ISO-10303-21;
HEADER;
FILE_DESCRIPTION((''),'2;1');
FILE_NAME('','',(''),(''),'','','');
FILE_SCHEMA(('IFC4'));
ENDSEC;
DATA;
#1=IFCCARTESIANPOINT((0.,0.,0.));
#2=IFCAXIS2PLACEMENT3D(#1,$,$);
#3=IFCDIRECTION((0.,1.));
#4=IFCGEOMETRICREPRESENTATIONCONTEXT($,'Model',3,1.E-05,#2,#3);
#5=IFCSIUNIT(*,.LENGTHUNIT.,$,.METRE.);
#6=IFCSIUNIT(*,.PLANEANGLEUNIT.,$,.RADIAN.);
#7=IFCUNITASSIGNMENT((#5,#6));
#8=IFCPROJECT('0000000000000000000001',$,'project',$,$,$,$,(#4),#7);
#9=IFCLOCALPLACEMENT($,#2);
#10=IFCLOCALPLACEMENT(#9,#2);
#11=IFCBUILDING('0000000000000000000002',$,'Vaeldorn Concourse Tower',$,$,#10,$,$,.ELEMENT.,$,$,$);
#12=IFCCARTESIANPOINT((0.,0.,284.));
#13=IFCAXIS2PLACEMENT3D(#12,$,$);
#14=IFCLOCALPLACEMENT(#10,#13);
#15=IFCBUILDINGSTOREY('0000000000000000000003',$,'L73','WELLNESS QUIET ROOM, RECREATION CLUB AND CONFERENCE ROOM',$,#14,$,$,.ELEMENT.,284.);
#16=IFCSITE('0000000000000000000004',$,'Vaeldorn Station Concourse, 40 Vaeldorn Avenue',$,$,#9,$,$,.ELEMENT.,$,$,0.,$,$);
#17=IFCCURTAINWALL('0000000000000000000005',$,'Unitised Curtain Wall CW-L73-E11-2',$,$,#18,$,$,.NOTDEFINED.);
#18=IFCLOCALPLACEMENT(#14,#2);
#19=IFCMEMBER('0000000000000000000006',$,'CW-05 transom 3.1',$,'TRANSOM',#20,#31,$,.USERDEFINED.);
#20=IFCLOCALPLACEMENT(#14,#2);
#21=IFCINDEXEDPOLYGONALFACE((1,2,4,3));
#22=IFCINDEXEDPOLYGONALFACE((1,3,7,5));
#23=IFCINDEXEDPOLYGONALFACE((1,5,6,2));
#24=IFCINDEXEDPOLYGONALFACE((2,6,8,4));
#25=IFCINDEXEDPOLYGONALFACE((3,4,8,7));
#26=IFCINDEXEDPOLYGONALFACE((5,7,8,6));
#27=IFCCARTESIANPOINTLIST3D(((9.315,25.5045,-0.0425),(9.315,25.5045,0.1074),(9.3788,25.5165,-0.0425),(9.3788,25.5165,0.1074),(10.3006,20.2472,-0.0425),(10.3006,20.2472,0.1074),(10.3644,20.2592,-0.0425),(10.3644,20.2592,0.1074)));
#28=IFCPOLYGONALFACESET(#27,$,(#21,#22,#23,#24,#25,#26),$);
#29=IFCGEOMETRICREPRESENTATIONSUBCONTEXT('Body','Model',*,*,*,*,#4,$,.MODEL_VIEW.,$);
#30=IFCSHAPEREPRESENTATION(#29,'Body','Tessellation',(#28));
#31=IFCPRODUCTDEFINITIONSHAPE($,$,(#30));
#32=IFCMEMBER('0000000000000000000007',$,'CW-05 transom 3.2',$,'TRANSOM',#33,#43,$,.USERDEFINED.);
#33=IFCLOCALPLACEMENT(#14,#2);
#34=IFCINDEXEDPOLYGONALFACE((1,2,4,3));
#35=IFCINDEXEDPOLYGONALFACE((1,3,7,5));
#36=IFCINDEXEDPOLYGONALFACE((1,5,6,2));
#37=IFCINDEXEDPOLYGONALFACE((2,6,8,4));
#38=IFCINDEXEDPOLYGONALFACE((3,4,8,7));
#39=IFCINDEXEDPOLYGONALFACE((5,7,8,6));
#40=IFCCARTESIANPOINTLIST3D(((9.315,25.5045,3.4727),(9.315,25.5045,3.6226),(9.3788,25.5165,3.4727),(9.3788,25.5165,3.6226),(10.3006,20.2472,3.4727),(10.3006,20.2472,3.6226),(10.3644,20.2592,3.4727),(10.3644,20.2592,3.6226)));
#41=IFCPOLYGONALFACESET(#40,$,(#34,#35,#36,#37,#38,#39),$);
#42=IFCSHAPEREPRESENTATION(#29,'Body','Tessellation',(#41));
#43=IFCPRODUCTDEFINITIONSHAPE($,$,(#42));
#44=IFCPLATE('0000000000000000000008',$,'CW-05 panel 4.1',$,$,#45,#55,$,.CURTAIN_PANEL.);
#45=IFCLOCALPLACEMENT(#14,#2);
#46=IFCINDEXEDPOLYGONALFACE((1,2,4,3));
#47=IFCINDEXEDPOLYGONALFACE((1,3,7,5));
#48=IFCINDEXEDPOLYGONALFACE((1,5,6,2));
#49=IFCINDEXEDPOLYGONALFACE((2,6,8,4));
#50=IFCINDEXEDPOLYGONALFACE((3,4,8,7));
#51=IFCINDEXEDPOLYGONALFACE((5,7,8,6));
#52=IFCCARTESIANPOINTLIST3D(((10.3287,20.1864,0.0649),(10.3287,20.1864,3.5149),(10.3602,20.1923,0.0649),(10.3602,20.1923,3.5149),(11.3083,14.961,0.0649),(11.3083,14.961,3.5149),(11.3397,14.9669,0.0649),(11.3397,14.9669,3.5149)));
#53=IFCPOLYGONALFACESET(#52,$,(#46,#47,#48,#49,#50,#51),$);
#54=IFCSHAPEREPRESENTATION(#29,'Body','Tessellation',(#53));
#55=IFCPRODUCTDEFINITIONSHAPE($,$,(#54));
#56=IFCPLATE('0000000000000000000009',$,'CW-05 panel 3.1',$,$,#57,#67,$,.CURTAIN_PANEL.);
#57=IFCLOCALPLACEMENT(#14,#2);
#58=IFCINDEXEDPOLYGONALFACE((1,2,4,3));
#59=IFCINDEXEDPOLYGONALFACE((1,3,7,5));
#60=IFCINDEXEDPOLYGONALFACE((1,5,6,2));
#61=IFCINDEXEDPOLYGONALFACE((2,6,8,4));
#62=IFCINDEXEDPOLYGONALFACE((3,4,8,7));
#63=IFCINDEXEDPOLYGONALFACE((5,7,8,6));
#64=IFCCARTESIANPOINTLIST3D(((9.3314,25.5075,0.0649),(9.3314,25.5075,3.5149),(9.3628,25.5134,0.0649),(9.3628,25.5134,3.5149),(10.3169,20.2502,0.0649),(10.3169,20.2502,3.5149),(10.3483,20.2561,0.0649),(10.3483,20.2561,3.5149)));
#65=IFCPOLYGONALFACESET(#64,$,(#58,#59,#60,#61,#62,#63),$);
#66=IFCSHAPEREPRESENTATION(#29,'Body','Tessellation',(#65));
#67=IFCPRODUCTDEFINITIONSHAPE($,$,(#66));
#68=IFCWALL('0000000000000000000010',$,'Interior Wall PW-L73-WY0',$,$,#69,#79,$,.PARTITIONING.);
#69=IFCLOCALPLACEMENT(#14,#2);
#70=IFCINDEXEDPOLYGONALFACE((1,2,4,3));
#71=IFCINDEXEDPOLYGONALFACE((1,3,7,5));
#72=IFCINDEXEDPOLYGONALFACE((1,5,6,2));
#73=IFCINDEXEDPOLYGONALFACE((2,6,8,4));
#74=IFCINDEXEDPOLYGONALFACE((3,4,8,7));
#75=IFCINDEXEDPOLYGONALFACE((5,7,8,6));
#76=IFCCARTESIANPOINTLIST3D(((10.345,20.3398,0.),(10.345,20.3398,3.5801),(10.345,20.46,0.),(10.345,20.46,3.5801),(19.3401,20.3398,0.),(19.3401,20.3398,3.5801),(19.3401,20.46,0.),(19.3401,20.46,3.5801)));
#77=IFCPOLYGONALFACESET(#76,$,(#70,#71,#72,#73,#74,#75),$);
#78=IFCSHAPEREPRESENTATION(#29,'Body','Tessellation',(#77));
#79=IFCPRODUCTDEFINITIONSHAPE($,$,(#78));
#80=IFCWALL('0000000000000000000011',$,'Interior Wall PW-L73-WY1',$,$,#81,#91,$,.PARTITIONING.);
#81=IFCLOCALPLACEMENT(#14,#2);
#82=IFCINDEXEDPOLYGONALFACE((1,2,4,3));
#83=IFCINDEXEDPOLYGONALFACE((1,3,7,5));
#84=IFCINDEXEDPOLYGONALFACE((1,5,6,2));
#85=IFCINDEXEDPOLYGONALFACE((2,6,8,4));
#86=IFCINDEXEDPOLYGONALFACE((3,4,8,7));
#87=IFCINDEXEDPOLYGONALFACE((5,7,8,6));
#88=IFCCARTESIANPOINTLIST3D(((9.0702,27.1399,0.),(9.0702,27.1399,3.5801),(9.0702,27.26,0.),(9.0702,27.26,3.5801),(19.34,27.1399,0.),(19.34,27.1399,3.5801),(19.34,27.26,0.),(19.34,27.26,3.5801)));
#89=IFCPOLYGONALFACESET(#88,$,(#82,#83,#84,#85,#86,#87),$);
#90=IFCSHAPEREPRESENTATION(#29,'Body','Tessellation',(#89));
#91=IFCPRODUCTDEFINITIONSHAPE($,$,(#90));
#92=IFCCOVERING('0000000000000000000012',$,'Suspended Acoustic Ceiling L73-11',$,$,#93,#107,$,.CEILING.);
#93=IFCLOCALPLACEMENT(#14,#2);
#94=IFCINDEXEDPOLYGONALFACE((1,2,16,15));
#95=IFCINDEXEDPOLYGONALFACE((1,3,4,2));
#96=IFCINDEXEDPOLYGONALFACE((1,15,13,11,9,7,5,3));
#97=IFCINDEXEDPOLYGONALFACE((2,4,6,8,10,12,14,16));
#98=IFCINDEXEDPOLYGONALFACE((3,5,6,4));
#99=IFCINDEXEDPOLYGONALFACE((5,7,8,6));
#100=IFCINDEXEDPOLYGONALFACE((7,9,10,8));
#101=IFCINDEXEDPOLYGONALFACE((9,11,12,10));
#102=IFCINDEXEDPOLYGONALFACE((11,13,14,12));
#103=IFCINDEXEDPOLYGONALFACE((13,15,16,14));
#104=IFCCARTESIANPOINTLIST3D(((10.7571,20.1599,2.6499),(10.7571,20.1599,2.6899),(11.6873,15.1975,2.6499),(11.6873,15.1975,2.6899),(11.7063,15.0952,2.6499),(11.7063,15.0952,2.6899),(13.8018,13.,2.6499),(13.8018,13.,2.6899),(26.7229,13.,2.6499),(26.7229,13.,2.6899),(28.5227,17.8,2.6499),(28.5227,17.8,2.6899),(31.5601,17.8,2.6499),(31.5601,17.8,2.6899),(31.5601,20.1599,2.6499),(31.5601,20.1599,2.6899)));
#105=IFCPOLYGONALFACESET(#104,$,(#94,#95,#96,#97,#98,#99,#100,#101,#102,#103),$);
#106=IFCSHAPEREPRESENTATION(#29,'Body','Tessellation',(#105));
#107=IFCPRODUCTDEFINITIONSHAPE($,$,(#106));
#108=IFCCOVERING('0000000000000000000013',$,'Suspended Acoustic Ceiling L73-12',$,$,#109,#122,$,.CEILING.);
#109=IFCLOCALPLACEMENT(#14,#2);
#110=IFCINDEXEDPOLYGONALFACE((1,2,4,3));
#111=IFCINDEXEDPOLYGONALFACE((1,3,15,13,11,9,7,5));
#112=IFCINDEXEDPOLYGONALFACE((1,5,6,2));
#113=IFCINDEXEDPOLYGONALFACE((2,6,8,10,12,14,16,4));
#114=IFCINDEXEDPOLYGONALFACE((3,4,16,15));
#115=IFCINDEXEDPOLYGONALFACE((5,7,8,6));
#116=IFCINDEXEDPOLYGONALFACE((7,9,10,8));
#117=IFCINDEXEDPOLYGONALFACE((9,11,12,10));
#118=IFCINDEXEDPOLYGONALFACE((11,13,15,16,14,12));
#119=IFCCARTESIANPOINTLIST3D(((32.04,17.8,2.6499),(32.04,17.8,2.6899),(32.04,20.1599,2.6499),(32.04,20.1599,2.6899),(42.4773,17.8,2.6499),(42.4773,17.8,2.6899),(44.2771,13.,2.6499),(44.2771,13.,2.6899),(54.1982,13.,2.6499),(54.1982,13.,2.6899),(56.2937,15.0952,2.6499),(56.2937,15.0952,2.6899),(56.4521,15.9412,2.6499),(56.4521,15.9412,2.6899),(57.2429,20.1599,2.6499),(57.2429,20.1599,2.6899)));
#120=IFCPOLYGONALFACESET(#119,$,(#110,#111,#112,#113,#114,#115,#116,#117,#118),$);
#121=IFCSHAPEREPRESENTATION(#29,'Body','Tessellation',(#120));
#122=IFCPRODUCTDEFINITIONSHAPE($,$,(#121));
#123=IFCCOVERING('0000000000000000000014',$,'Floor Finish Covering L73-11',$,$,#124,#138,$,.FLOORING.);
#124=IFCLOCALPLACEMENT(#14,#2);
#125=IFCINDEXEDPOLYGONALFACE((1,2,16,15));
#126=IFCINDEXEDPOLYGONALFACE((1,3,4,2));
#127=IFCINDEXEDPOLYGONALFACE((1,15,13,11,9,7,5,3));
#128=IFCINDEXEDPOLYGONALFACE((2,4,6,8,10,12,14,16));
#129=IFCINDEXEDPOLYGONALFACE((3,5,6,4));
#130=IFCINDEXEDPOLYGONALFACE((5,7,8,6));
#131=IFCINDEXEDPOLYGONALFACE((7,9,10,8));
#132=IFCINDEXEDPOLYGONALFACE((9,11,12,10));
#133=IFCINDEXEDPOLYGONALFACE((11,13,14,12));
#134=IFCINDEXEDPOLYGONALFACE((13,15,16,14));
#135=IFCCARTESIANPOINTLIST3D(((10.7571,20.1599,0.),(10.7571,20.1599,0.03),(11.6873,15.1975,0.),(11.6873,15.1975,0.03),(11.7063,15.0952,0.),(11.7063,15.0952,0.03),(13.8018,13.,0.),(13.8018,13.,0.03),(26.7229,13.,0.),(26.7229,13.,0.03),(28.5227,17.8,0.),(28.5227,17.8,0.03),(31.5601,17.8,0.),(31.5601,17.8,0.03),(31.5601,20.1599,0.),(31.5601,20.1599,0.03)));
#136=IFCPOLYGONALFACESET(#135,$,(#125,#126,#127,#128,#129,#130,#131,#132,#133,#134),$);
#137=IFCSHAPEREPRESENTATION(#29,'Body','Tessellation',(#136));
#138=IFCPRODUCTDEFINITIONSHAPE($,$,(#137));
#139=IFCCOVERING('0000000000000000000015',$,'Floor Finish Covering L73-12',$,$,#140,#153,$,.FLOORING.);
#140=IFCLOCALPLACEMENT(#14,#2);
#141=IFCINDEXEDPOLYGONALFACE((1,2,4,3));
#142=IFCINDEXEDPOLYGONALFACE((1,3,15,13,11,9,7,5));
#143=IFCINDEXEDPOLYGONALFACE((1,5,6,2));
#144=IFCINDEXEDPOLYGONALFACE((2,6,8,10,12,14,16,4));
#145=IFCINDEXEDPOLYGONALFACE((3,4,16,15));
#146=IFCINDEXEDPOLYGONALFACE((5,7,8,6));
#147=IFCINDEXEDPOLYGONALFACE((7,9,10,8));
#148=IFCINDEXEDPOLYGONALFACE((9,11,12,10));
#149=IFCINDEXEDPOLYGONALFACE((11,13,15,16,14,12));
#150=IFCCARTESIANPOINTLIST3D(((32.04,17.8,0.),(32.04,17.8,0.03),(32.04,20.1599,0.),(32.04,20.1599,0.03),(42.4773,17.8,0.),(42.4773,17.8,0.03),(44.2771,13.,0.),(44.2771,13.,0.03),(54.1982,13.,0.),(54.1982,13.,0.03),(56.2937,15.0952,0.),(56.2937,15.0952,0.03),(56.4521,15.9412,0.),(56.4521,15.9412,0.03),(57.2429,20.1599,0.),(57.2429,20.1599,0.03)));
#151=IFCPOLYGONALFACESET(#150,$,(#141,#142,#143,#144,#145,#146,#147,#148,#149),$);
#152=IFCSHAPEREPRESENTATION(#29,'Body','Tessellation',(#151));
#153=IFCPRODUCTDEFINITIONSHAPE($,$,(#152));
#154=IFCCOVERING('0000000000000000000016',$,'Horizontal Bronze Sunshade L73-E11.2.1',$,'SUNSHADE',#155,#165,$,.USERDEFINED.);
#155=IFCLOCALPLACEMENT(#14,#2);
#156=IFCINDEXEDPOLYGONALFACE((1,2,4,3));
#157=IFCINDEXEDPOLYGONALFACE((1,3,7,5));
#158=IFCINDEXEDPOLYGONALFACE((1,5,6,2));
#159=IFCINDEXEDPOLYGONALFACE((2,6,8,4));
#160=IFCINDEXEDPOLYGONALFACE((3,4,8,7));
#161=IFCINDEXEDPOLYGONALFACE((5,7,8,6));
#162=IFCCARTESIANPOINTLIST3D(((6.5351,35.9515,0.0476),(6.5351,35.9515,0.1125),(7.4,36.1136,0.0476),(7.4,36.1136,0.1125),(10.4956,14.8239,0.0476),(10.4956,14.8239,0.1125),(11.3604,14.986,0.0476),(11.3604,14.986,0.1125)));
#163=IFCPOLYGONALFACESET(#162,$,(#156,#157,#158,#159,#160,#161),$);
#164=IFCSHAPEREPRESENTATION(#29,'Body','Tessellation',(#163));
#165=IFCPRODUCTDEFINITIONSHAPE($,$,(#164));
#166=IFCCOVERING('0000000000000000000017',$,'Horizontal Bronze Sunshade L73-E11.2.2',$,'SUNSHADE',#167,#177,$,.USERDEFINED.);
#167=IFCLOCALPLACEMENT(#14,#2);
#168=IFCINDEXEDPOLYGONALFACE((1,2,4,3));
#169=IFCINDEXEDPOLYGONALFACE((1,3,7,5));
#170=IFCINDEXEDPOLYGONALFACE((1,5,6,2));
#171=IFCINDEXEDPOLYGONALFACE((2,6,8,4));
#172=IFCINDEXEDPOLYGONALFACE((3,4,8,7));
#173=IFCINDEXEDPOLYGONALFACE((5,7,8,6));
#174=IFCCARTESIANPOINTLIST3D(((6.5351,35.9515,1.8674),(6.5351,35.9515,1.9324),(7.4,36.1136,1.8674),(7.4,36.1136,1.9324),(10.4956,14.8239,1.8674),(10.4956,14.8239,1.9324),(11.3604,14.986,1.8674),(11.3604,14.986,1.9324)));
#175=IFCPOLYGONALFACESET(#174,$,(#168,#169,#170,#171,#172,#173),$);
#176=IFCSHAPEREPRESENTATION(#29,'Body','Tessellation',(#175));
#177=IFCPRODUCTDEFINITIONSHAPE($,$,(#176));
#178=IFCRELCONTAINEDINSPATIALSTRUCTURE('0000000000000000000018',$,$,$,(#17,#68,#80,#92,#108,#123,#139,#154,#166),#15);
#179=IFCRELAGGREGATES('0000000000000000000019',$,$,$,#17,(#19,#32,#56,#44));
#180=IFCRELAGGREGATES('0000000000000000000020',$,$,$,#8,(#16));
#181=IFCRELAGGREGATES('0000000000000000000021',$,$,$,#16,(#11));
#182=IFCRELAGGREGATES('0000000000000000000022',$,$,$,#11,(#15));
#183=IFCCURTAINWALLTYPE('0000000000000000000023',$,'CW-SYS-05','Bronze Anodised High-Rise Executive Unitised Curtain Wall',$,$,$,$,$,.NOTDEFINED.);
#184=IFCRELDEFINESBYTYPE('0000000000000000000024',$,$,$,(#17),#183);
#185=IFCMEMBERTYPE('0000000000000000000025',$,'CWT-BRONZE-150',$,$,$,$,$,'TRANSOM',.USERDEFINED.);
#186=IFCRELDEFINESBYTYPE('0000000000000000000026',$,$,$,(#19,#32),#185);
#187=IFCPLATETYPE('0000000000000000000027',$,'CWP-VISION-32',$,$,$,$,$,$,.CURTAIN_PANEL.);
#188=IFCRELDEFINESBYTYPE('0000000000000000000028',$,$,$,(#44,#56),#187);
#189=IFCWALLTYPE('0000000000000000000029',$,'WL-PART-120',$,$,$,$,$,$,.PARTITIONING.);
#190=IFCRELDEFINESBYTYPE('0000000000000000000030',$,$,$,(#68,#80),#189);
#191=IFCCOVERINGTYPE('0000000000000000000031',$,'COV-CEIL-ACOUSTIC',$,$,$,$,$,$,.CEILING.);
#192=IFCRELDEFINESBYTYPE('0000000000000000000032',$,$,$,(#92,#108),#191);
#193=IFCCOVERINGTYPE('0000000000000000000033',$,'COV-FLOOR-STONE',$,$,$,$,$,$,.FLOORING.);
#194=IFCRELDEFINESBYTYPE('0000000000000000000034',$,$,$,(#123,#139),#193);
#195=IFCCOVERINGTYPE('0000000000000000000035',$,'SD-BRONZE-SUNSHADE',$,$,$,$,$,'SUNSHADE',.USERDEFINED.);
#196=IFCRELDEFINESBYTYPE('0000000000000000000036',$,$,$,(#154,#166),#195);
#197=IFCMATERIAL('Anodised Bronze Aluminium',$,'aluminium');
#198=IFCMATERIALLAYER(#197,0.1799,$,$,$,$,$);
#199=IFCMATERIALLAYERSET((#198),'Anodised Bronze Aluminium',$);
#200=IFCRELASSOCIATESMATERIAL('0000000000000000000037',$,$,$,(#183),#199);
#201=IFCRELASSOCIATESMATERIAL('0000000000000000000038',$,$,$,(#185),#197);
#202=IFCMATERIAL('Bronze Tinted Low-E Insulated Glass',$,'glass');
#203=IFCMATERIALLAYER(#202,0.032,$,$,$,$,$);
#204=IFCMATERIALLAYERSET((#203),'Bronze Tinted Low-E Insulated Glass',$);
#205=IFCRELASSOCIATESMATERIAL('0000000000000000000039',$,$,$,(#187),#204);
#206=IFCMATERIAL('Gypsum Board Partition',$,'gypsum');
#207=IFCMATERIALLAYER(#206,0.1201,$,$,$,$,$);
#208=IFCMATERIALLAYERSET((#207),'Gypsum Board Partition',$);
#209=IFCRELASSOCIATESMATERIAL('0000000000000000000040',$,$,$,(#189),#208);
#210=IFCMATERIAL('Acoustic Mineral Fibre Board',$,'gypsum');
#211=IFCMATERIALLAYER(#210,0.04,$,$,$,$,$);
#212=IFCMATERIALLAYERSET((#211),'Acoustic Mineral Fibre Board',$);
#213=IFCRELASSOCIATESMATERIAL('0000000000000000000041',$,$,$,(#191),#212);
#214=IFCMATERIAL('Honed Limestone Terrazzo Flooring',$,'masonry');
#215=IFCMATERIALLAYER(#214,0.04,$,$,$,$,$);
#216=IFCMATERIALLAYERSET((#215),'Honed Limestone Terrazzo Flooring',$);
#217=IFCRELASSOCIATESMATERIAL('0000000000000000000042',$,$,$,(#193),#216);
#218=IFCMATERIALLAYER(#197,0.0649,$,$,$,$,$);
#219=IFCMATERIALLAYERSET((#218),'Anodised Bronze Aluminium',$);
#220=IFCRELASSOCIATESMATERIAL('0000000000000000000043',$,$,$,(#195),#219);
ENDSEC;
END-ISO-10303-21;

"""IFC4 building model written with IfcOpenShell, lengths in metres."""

from ifc_helpers import new_model, si_unit, direction, frame, frame_2d, origin, origin_2d, place, context, subcontext, project, spatial, polyline, rectangle, outline, extrude, source, transform, mapped, material, layer, layer_set, material_profile, profile_set, type_object, element, aggregate, save


model = new_model("IFC4")

# Units and contexts
model_context = context("Model", 3, precision=1e-05, world=origin(), true_north=direction((0.0, 1.0)))
body_context = subcontext(model_context, "Body", "Model", "MODEL_VIEW")
ifc_project = project(units=[si_unit("LENGTHUNIT", "METRE"), si_unit("PLANEANGLEUNIT", "RADIAN")], contexts=[model_context])

# Site, building, storey
site_placement = place(None, origin())
site = spatial("IfcSite", under=ifc_project, at=site_placement, Name="Vaeldorn Station Concourse, 40 Vaeldorn Avenue", CompositionType="ELEMENT", RefElevation=0.0)
building_placement = place(site_placement, origin())
building = spatial("IfcBuilding", under=site, at=building_placement, Name="Vaeldorn Concourse Tower", CompositionType="ELEMENT")
storey_placement = place(building_placement, frame((0.0, 0.0, 284.0)))
storey = spatial("IfcBuildingStorey", under=building, at=storey_placement, Name="L73", Description="WELLNESS QUIET ROOM, RECREATION CLUB AND CONFERENCE ROOM", CompositionType="ELEMENT", Elevation=284.0)

# Curtain wall
ifc_material_1 = material(Name="Anodised Bronze Aluminium", Category="aluminium")
ifc_layer_1 = layer(ifc_material_1, 0.1799)
ifc_layer_set_1 = layer_set([ifc_layer_1], Name="Anodised Bronze Aluminium")
curtain_wall_type = type_object("IfcCurtainWallType", Name="CW-SYS-05", Description="Bronze Anodised High-Rise Executive Unitised Curtain Wall", PredefinedType="NOTDEFINED", material=ifc_layer_set_1)
curtain_wall_1_placement = place(storey_placement, origin())
curtain_wall_1 = element("IfcCurtainWall", 1, at=curtain_wall_1_placement, inside=storey, type_object=curtain_wall_type, Name="Unitised Curtain Wall CW-L73-E11-2", PredefinedType="NOTDEFINED")

# Members
ifc_material_profile_1 = material_profile(ifc_material_1, rectangle(XDim=0.0649, YDim=0.1499, at=origin_2d()), Name="CWT 65x150")
ifc_profile_set_1 = profile_set([ifc_material_profile_1], Name="Anodised Bronze Aluminium")
member_type_1 = type_object("IfcMemberType", Name="CWT-BRONZE-150", ElementType="TRANSOM", PredefinedType="USERDEFINED", material=ifc_profile_set_1)
shared_shape_1 = source(origin(), body_context, "Body", "SweptSolid", [
    extrude(rectangle(XDim=0.0649, YDim=0.1499, at=origin_2d()), origin(), (0.0, 0.0, 1.0), 5.3489),
])
member_1_placement = place(storey_placement, frame((9.3469, 25.5105, 0.0325), z_axis=(0.184261, -0.982877, 0.0), x_axis=(0.982877, 0.184261, 0.0)))
member_1 = element("IfcMember", 2, at=member_1_placement, type_object=member_type_1, Name="CW-05 transom 3.1", ObjectType="TRANSOM", PredefinedType="USERDEFINED", context=body_context, shape_type="MappedRepresentation", body=[
    mapped(shared_shape_1, transform((0.0, 0.0, 0.0), scale=1.0)),
])
member_2_placement = place(storey_placement, frame((9.3469, 25.5105, 3.5476), z_axis=(0.184261, -0.982877, 0.0), x_axis=(0.982877, 0.184261, 0.0)))
member_2 = element("IfcMember", 3, at=member_2_placement, type_object=member_type_1, Name="CW-05 transom 3.2", ObjectType="TRANSOM", PredefinedType="USERDEFINED", context=body_context, shape_type="MappedRepresentation", body=[
    mapped(shared_shape_1, transform((0.0, 0.0, 0.0), scale=1.0)),
])

# Plates
ifc_material_2 = material(Name="Bronze Tinted Low-E Insulated Glass", Category="glass")
ifc_layer_2 = layer(ifc_material_2, 0.032)
ifc_layer_set_2 = layer_set([ifc_layer_2], Name="Bronze Tinted Low-E Insulated Glass")
plate_type = type_object("IfcPlateType", Name="CWP-VISION-32", PredefinedType="CURTAIN_PANEL", material=ifc_layer_set_2)
shared_shape_2 = source(origin(), body_context, "Body", "SweptSolid", [
    extrude(rectangle(XDim=5.3164, YDim=0.032, at=origin_2d()), origin(), (0.0, 0.0, 1.0), 3.45),
])
plate_1_placement = place(storey_placement, frame((10.8342, 17.5767, 0.0649), z_axis=(0.0, 0.0, 1.0), x_axis=(0.184247, -0.98288, 0.0)))
plate_1 = element("IfcPlate", 4, at=plate_1_placement, type_object=plate_type, Name="CW-05 panel 4.1", PredefinedType="CURTAIN_PANEL", context=body_context, shape_type="MappedRepresentation", body=[
    mapped(shared_shape_2, transform((0.0, 0.0, 0.0), scale=1.0)),
])
shared_shape_3 = source(origin(), body_context, "Body", "SweptSolid", [
    extrude(rectangle(XDim=5.3489, YDim=0.032, at=origin_2d()), origin(), (0.0, 0.0, 1.0), 3.45),
])
plate_2_placement = place(storey_placement, frame((9.8398, 22.8818, 0.0649), z_axis=(0.0, 0.0, 1.0), x_axis=(0.184247, -0.98288, 0.0)))
plate_2 = element("IfcPlate", 5, at=plate_2_placement, type_object=plate_type, Name="CW-05 panel 3.1", PredefinedType="CURTAIN_PANEL", context=body_context, shape_type="MappedRepresentation", body=[
    mapped(shared_shape_3, transform((0.0, 0.0, 0.0), scale=1.0)),
])
aggregate(curtain_wall_1, [member_1, member_2, plate_2, plate_1])

# Walls
ifc_material_3 = material(Name="Gypsum Board Partition", Category="gypsum")
ifc_layer_3 = layer(ifc_material_3, 0.1201)
ifc_layer_set_3 = layer_set([ifc_layer_3], Name="Gypsum Board Partition")
wall_type = type_object("IfcWallType", Name="WL-PART-120", PredefinedType="PARTITIONING", material=ifc_layer_set_3)
wall_1_placement = place(storey_placement, frame((10.345, 20.3999, 0.0), z_axis=(0.0, 0.0, 1.0), x_axis=(1.0, 0.0, 0.0)))
element("IfcWall", 6, at=wall_1_placement, inside=storey, type_object=wall_type, Name="Interior Wall PW-L73-WY0", PredefinedType="PARTITIONING", context=body_context, shape_type="SweptSolid", body=[
    extrude(rectangle(XDim=8.9951, YDim=0.1201, at=frame_2d((4.4976, 0.0))), origin(), (0.0, 0.0, 1.0), 3.5801),
])
wall_2_placement = place(storey_placement, frame((9.0703, 27.2, 0.0), z_axis=(0.0, 0.0, 1.0), x_axis=(1.0, 0.0, 0.0)))
element("IfcWall", 7, at=wall_2_placement, inside=storey, type_object=wall_type, Name="Interior Wall PW-L73-WY1", PredefinedType="PARTITIONING", context=body_context, shape_type="SweptSolid", body=[
    extrude(rectangle(XDim=10.2698, YDim=0.1201, at=frame_2d((5.1348, 0.0))), origin(), (0.0, 0.0, 1.0), 3.5801),
])

# Coverings
ifc_material_4 = material(Name="Acoustic Mineral Fibre Board", Category="gypsum")
ifc_layer_4 = layer(ifc_material_4, 0.04)
ifc_layer_set_4 = layer_set([ifc_layer_4], Name="Acoustic Mineral Fibre Board")
covering_type_1 = type_object("IfcCoveringType", Name="COV-CEIL-ACOUSTIC", PredefinedType="CEILING", material=ifc_layer_set_4)
covering_1_placement = place(storey_placement, frame((0.0, 0.0, 2.6499)))
element("IfcCovering", 8, at=covering_1_placement, inside=storey, type_object=covering_type_1, Name="Suspended Acoustic Ceiling L73-11", PredefinedType="CEILING", context=body_context, shape_type="SweptSolid", body=[
    extrude(outline(polyline([(31.5601, 20.1599), (31.5601, 17.8), (28.5227, 17.8), (26.7229, 13.0), (13.8018, 13.0), (11.7063, 15.0952), (11.6873, 15.1975), (10.7571, 20.1599), (31.5601, 20.1599)])), origin(), (0.0, 0.0, 1.0), 0.04),
])
covering_2_placement = place(storey_placement, frame((0.0, 0.0, 2.6499)))
element("IfcCovering", 9, at=covering_2_placement, inside=storey, type_object=covering_type_1, Name="Suspended Acoustic Ceiling L73-12", PredefinedType="CEILING", context=body_context, shape_type="SweptSolid", body=[
    extrude(outline(polyline([(32.04, 20.1599), (57.2429, 20.1599), (56.4521, 15.9412), (56.4521, 15.9412), (56.2937, 15.0952), (54.1982, 13.0), (44.2771, 13.0), (42.4773, 17.8), (32.04, 17.8), (32.04, 20.1599)])), origin(), (0.0, 0.0, 1.0), 0.04),
])
ifc_material_5 = material(Name="Honed Limestone Terrazzo Flooring", Category="masonry")
ifc_layer_5 = layer(ifc_material_5, 0.04)
ifc_layer_set_5 = layer_set([ifc_layer_5], Name="Honed Limestone Terrazzo Flooring")
covering_type_2 = type_object("IfcCoveringType", Name="COV-FLOOR-STONE", PredefinedType="FLOORING", material=ifc_layer_set_5)
covering_3_placement = place(storey_placement, origin())
element("IfcCovering", 10, at=covering_3_placement, inside=storey, type_object=covering_type_2, Name="Floor Finish Covering L73-11", PredefinedType="FLOORING", context=body_context, shape_type="SweptSolid", body=[
    extrude(outline(polyline([(31.5601, 20.1599), (31.5601, 17.8), (28.5227, 17.8), (26.7229, 13.0), (13.8018, 13.0), (11.7063, 15.0952), (11.6873, 15.1975), (10.7571, 20.1599), (31.5601, 20.1599)])), origin(), (0.0, 0.0, 1.0), 0.03),
])
covering_4_placement = place(storey_placement, origin())
element("IfcCovering", 11, at=covering_4_placement, inside=storey, type_object=covering_type_2, Name="Floor Finish Covering L73-12", PredefinedType="FLOORING", context=body_context, shape_type="SweptSolid", body=[
    extrude(outline(polyline([(32.04, 20.1599), (57.2429, 20.1599), (56.4521, 15.9412), (56.4521, 15.9412), (56.2937, 15.0952), (54.1982, 13.0), (44.2771, 13.0), (42.4773, 17.8), (32.04, 17.8), (32.04, 20.1599)])), origin(), (0.0, 0.0, 1.0), 0.03),
])
ifc_layer_6 = layer(ifc_material_1, 0.0649)
ifc_layer_set_6 = layer_set([ifc_layer_6], Name="Anodised Bronze Aluminium")
covering_type_3 = type_object("IfcCoveringType", Name="SD-BRONZE-SUNSHADE", ElementType="SUNSHADE", PredefinedType="USERDEFINED", material=ifc_layer_set_6)
shared_shape_4 = source(origin(), body_context, "Body", "SweptSolid", [
    extrude(rectangle(XDim=21.4956, YDim=0.8799, at=origin_2d()), origin(), (0.0, 0.0, 1.0), 0.0649),
])
for number, where, z_axis, x_axis, name in (
    (12, (8.9478, 25.4688, 0.0476), (0.0, 0.0, 1.0), (0.184243, -0.982881, 0.0), "Horizontal Bronze Sunshade L73-E11.2.1"),
    (13, (8.9478, 25.4688, 1.8674), (0.0, 0.0, 1.0), (0.184243, -0.982881, 0.0), "Horizontal Bronze Sunshade L73-E11.2.2"),
):
    element("IfcCovering", number, at=place(storey_placement, frame(where, z_axis=z_axis, x_axis=x_axis)), inside=storey, type_object=covering_type_3, Name=name, ObjectType="SUNSHADE", PredefinedType="USERDEFINED", context=body_context, shape_type="MappedRepresentation", body=[
        mapped(shared_shape_4, transform((0.0, 0.0, 0.0), scale=1.0)),
    ])

save(model, "model.ifc")
